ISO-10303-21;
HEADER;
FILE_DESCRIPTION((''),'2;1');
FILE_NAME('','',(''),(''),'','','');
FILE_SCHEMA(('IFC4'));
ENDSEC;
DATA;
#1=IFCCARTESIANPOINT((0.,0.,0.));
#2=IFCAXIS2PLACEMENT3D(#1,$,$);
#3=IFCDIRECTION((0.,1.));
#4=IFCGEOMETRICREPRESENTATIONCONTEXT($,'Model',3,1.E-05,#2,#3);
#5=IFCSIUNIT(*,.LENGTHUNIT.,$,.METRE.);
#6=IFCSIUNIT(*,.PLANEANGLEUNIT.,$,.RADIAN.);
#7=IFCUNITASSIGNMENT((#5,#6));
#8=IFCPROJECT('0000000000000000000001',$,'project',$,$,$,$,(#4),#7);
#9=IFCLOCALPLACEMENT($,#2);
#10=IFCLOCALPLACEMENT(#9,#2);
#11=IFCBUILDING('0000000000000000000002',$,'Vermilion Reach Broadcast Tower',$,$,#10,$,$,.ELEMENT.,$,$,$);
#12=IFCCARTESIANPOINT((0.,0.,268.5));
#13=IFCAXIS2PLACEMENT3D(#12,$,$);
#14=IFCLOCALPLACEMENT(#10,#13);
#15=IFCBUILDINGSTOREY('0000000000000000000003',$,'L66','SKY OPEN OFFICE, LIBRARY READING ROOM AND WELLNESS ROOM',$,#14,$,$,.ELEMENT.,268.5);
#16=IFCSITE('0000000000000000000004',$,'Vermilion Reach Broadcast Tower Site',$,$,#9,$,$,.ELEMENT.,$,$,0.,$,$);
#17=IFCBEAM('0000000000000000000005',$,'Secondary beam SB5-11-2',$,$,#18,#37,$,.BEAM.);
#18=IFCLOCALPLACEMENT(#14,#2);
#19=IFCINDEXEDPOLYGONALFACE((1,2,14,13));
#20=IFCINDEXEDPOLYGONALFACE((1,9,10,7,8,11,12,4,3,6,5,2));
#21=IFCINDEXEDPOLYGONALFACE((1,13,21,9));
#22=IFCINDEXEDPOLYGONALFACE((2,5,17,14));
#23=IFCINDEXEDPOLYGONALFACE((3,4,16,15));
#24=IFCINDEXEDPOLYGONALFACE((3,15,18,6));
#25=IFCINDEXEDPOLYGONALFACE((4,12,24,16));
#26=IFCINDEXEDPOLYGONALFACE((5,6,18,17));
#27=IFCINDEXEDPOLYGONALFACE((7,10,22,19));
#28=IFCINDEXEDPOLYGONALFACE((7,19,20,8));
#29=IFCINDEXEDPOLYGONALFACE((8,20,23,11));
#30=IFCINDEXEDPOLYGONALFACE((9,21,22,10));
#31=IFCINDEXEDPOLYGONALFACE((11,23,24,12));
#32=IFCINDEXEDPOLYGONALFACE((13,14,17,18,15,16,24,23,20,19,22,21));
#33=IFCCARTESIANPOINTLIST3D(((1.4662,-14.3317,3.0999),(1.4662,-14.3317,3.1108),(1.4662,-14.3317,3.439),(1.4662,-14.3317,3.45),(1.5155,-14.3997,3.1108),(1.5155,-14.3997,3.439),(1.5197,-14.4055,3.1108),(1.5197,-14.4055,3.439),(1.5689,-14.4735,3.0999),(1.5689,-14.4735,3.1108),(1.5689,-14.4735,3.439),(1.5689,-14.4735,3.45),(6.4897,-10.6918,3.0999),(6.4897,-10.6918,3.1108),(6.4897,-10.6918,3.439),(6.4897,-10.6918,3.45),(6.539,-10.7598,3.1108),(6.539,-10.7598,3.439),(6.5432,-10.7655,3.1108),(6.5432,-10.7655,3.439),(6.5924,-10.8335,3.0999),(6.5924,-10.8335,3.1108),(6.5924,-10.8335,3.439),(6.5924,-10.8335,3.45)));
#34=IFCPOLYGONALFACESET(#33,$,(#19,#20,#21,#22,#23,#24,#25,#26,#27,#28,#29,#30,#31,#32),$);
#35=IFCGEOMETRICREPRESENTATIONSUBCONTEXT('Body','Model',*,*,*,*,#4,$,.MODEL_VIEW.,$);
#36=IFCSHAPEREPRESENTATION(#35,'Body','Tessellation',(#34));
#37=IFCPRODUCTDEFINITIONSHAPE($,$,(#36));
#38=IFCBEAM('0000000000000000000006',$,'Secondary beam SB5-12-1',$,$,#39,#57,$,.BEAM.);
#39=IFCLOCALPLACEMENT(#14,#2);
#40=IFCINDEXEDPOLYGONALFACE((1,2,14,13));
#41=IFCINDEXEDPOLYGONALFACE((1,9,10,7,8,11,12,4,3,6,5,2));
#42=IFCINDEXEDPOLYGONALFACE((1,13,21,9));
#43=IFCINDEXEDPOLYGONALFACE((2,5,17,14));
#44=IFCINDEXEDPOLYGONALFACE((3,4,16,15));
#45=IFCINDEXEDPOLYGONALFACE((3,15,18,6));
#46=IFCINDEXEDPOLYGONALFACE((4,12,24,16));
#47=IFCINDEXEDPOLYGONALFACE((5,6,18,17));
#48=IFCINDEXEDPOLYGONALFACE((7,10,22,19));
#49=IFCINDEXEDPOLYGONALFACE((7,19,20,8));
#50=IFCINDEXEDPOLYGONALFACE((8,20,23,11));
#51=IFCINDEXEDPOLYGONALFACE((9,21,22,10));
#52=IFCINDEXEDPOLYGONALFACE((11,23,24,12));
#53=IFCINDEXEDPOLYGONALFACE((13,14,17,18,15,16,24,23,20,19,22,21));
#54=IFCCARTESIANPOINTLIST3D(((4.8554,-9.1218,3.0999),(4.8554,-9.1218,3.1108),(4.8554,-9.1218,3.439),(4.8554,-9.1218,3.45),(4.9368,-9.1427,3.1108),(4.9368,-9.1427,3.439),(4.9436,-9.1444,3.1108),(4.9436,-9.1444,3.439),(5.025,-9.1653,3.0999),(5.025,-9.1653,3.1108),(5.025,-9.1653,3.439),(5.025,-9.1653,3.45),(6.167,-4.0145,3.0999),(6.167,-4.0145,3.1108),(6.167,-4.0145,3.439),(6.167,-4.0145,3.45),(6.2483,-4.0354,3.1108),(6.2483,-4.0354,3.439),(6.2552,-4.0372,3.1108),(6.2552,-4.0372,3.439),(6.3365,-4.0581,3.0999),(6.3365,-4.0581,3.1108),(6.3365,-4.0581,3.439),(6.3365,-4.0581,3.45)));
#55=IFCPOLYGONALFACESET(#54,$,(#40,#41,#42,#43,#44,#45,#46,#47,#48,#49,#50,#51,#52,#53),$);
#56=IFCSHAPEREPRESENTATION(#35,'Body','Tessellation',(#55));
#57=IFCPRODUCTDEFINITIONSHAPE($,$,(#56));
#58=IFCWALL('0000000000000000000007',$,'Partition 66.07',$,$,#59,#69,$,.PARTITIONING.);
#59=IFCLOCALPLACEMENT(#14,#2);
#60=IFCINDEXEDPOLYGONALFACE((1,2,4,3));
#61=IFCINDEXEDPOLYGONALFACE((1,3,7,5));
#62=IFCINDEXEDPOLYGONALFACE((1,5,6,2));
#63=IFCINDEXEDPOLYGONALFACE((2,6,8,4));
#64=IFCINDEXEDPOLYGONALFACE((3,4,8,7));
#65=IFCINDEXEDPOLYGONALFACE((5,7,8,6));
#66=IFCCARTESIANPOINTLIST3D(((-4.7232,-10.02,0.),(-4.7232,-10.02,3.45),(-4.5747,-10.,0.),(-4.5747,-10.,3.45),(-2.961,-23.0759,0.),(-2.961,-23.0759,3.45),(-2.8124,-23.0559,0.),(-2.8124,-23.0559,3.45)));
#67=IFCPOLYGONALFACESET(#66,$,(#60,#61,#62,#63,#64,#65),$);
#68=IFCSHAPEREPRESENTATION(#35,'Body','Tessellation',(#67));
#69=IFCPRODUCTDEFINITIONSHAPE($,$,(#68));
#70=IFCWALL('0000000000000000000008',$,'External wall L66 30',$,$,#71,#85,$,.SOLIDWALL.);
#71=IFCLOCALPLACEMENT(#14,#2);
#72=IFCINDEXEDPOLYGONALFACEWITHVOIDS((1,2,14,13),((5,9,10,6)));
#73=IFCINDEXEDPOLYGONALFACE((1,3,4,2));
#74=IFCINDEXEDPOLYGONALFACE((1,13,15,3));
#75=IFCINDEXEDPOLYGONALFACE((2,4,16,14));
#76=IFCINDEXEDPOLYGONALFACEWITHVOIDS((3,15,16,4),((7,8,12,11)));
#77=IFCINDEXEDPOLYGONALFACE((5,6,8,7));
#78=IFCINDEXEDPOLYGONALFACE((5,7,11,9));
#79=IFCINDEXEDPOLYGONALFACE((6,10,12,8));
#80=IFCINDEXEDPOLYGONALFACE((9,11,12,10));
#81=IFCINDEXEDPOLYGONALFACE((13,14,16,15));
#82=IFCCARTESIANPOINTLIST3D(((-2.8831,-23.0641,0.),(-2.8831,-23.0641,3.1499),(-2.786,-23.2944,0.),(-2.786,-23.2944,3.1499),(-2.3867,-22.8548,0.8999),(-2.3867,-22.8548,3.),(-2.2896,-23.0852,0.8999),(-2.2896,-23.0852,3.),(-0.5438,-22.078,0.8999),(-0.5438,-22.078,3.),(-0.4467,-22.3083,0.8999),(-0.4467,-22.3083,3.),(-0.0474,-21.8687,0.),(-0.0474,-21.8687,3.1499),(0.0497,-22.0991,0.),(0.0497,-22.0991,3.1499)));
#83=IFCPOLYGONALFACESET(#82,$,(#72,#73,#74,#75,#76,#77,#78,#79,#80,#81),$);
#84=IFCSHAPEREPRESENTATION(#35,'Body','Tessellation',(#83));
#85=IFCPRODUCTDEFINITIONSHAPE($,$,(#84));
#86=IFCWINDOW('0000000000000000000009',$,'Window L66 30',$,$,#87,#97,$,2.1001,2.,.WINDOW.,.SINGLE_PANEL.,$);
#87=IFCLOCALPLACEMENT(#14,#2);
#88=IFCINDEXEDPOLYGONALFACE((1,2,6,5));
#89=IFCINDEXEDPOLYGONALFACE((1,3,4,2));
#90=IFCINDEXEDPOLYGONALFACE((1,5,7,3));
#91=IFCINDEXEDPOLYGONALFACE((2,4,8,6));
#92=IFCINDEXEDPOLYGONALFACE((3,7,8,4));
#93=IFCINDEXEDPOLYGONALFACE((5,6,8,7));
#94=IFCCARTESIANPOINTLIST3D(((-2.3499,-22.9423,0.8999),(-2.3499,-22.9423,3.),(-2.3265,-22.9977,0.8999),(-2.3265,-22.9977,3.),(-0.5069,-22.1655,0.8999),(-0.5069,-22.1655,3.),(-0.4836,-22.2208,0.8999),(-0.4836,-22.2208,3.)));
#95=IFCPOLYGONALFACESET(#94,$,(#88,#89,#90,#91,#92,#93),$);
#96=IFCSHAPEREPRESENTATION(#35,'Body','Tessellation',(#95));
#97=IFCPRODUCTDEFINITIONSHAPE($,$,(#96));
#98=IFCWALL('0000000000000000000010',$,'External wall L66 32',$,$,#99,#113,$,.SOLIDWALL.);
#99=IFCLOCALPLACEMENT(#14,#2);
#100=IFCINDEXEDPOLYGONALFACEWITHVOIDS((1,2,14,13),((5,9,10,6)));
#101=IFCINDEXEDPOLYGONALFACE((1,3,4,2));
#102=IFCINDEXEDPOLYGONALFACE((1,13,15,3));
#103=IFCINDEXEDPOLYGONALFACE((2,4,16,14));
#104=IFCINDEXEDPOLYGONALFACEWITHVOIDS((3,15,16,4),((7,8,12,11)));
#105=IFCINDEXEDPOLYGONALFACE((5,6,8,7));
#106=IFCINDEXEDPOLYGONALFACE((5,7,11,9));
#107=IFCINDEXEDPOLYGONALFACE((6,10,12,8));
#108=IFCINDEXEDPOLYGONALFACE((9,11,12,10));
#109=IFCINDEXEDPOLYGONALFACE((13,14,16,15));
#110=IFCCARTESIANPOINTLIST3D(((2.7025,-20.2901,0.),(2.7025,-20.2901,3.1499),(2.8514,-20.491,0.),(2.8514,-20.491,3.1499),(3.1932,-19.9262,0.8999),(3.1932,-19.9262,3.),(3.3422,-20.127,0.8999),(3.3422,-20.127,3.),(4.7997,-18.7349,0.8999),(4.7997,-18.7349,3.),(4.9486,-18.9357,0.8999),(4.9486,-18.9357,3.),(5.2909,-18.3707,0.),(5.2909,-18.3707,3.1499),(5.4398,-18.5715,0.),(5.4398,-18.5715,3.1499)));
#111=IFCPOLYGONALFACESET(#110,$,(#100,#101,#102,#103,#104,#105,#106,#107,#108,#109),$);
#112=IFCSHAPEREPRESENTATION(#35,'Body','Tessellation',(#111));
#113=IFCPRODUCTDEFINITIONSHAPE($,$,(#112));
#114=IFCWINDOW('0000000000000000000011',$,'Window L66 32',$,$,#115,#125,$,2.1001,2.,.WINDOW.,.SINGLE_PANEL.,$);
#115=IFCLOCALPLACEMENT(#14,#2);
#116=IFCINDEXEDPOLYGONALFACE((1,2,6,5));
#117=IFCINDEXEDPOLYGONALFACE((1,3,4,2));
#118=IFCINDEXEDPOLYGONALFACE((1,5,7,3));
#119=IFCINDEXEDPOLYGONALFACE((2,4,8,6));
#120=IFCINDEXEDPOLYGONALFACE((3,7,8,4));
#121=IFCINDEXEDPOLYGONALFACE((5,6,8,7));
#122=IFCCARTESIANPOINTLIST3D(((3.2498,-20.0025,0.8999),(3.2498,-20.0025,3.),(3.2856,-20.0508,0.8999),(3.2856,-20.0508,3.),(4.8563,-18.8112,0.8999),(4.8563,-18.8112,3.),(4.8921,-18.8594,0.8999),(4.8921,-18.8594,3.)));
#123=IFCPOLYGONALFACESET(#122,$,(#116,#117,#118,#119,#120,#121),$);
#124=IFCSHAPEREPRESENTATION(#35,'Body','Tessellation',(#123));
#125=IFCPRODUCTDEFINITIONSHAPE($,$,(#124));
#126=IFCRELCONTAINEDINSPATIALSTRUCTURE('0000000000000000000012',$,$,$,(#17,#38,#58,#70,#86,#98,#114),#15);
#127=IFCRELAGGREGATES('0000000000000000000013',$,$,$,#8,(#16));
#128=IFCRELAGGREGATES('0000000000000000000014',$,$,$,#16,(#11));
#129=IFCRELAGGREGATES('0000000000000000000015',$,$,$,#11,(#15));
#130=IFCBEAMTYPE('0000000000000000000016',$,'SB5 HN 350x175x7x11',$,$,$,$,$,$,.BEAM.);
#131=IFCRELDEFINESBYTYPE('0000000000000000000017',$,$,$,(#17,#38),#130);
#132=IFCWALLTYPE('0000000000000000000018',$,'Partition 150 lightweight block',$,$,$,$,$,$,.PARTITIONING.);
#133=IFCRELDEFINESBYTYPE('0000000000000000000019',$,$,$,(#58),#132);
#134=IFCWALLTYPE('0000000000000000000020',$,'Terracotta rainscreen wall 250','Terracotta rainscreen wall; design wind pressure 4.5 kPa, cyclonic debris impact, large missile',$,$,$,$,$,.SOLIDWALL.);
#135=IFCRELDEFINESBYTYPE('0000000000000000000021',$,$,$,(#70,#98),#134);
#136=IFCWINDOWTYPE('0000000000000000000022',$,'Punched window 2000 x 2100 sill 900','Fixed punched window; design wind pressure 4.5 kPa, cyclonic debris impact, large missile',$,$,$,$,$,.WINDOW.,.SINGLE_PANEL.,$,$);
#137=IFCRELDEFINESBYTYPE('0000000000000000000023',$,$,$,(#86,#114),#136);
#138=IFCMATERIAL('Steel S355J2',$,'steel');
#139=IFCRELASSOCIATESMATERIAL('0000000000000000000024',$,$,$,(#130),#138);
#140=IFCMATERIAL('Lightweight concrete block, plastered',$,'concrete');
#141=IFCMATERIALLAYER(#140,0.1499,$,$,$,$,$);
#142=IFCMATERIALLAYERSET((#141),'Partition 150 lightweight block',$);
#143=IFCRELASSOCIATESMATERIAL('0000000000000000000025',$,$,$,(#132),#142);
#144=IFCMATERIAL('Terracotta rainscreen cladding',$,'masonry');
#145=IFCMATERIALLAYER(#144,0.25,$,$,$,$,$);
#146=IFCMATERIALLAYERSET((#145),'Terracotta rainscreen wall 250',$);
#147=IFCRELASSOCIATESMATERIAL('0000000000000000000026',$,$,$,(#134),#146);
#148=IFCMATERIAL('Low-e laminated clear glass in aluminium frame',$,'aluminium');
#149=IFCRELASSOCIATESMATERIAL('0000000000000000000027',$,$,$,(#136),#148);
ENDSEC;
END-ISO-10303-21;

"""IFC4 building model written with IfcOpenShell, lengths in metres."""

from ifc_helpers import new_model, si_unit, direction, frame, frame_2d, origin, origin_2d, place, context, subcontext, project, spatial, rectangle, i_section, extrude, material, layer, layer_set, material_profile, profile_set, type_object, element, fill, save


model = new_model("IFC4")

# Units and contexts
model_context = context("Model", 3, precision=1e-05, world=origin(), true_north=direction((0.0, 1.0)))
body_context = subcontext(model_context, "Body", "Model", "MODEL_VIEW")
ifc_project = project(units=[si_unit("LENGTHUNIT", "METRE"), si_unit("PLANEANGLEUNIT", "RADIAN")], contexts=[model_context])

# Site, building, storey
site_placement = place(None, origin())
site = spatial("IfcSite", under=ifc_project, at=site_placement, Name="Vermilion Reach Broadcast Tower Site", CompositionType="ELEMENT", RefElevation=0.0)
building_placement = place(site_placement, origin())
building = spatial("IfcBuilding", under=site, at=building_placement, Name="Vermilion Reach Broadcast Tower", CompositionType="ELEMENT")
storey_placement = place(building_placement, frame((0.0, 0.0, 268.5)))
storey = spatial("IfcBuildingStorey", under=building, at=storey_placement, Name="L66", Description="SKY OPEN OFFICE, LIBRARY READING ROOM AND WELLNESS ROOM", CompositionType="ELEMENT", Elevation=268.5)

# Beams
ifc_material_1 = material(Name="Steel S355J2", Category="steel")
ifc_material_profile_1 = material_profile(ifc_material_1, i_section(OverallWidth=0.175, OverallDepth=0.3501, WebThickness=0.0071, FlangeThickness=0.011, at=origin_2d()), Name="S355J2 HN 350x175x7x11")
ifc_profile_set_1 = profile_set([ifc_material_profile_1], Name="Steel S355J2")
beam_type_1 = type_object("IfcBeamType", Name="SB5 HN 350x175x7x11", PredefinedType="BEAM", material=ifc_profile_set_1)
beam_1_placement = place(storey_placement, frame((1.5176, -14.4026, 3.2749), z_axis=(0.809771, 0.586746, 0.0), x_axis=(-0.586746, 0.809771, 0.0)))
element("IfcBeam", 1, at=beam_1_placement, inside=storey, type_object=beam_type_1, Name="Secondary beam SB5-11-2", PredefinedType="BEAM", context=body_context, shape_type="SweptSolid", body=[
    extrude(i_section(OverallWidth=0.175, OverallDepth=0.3501, WebThickness=0.0071, FlangeThickness=0.011, at=origin_2d()), origin(), (0.0, 0.0, 1.0), 6.2036),
])
beam_2_placement = place(storey_placement, frame((4.9402, -9.1436, 3.2749), z_axis=(0.24873, 0.968573, 0.0), x_axis=(-0.968573, 0.24873, 0.0)))
element("IfcBeam", 2, at=beam_2_placement, inside=storey, type_object=beam_type_1, Name="Secondary beam SB5-12-1", PredefinedType="BEAM", context=body_context, shape_type="SweptSolid", body=[
    extrude(i_section(OverallWidth=0.175, OverallDepth=0.3501, WebThickness=0.0071, FlangeThickness=0.011, at=origin_2d()), origin(), (0.0, 0.0, 1.0), 5.2729),
])

# Wall
ifc_material_2 = material(Name="Lightweight concrete block, plastered", Category="concrete")
ifc_layer_1 = layer(ifc_material_2, 0.1499)
ifc_layer_set_1 = layer_set([ifc_layer_1], Name="Partition 150 lightweight block")
wall_type_1 = type_object("IfcWallType", Name="Partition 150 lightweight block", PredefinedType="PARTITIONING", material=ifc_layer_set_1)
wall_1_placement = place(storey_placement, frame((-2.8867, -23.0659, 0.0), z_axis=(0.0, 0.0, 1.0), x_axis=(-0.133761, 0.991014, 0.0)))
element("IfcWall", 3, at=wall_1_placement, inside=storey, type_object=wall_type_1, Name="Partition 66.07", PredefinedType="PARTITIONING", context=body_context, shape_type="SweptSolid", body=[
    extrude(rectangle(XDim=13.1743, YDim=0.1499, at=frame_2d((6.5872, 0.0))), origin(), (0.0, 0.0, 1.0), 3.45),
])

# Wall, opening, window
ifc_material_3 = material(Name="Terracotta rainscreen cladding", Category="masonry")
ifc_layer_2 = layer(ifc_material_3, 0.25)
ifc_layer_set_2 = layer_set([ifc_layer_2], Name="Terracotta rainscreen wall 250")
wall_type_2 = type_object("IfcWallType", Name="Terracotta rainscreen wall 250", Description="Terracotta rainscreen wall; design wind pressure 4.5 kPa, cyclonic debris impact, large missile", PredefinedType="SOLIDWALL", material=ifc_layer_set_2)
wall_2_placement = place(storey_placement, frame((-2.8345, -23.1792, 0.0), z_axis=(0.0, 0.0, 1.0), x_axis=(0.92148, 0.388426, 0.0)))
wall_2 = element("IfcWall", 4, at=wall_2_placement, inside=storey, type_object=wall_type_2, Name="External wall L66 30", PredefinedType="SOLIDWALL", context=body_context, shape_type="SweptSolid", body=[
    extrude(rectangle(XDim=3.0774, YDim=0.25, at=frame_2d((1.5386, 0.0))), origin(), (0.0, 0.0, 1.0), 3.1499),
])
opening_1_placement = place(wall_2_placement, frame((0.5386, 0.0, 0.8999)))
opening_1 = element("IfcOpeningElement", 5, at=opening_1_placement, cuts=wall_2, PredefinedType="OPENING", context=body_context, shape_type="SweptSolid", body=[
    extrude(rectangle(XDim=2.0, YDim=2.1001, at=frame_2d((1.0, 1.05))), frame((0.0, 0.135, 0.0), z_axis=(0.0, -1.0, 0.0), x_axis=(1.0, 0.0, 0.0)), (0.0, 0.0, 1.0), 0.27),
])
ifc_material_4 = material(Name="Low-e laminated clear glass in aluminium frame", Category="aluminium")
window_type = type_object("IfcWindowType", Name="Punched window 2000 x 2100 sill 900", Description="Fixed punched window; design wind pressure 4.5 kPa, cyclonic debris impact, large missile", PartitioningType="SINGLE_PANEL", PredefinedType="WINDOW", material=ifc_material_4)
window_1_placement = place(opening_1_placement, origin())
window_1 = element("IfcWindow", 6, at=window_1_placement, inside=storey, type_object=window_type, Name="Window L66 30", OverallHeight=2.1001, OverallWidth=2.0, PartitioningType="SINGLE_PANEL", PredefinedType="WINDOW", context=body_context, shape_type="SweptSolid", body=[
    extrude(rectangle(XDim=2.0, YDim=2.1001, at=frame_2d((1.0, 1.05))), frame((0.0, 0.03, 0.0), z_axis=(0.0, -1.0, 0.0), x_axis=(1.0, 0.0, 0.0)), (0.0, 0.0, 1.0), 0.0601),
])
fill(opening_1, window_1)

# Wall, opening, window
wall_3_placement = place(storey_placement, frame((2.7769, -20.3906, 0.0), z_axis=(0.0, 0.0, 1.0), x_axis=(0.803243, 0.595651, 0.0)))
wall_3 = element("IfcWall", 7, at=wall_3_placement, inside=storey, type_object=wall_type_2, Name="External wall L66 32", PredefinedType="SOLIDWALL", context=body_context, shape_type="SweptSolid", body=[
    extrude(rectangle(XDim=3.2224, YDim=0.25, at=frame_2d((1.6113, 0.0))), origin(), (0.0, 0.0, 1.0), 3.1499),
])
opening_2_placement = place(wall_3_placement, frame((0.6111, 0.0, 0.8999)))
opening_2 = element("IfcOpeningElement", 8, at=opening_2_placement, cuts=wall_3, PredefinedType="OPENING", context=body_context, shape_type="SweptSolid", body=[
    extrude(rectangle(XDim=2.0, YDim=2.1001, at=frame_2d((1.0, 1.05))), frame((0.0, 0.135, 0.0), z_axis=(0.0, -1.0, 0.0), x_axis=(1.0, 0.0, 0.0)), (0.0, 0.0, 1.0), 0.27),
])
window_2_placement = place(opening_2_placement, origin())
window_2 = element("IfcWindow", 9, at=window_2_placement, inside=storey, type_object=window_type, Name="Window L66 32", OverallHeight=2.1001, OverallWidth=2.0, PartitioningType="SINGLE_PANEL", PredefinedType="WINDOW", context=body_context, shape_type="SweptSolid", body=[
    extrude(rectangle(XDim=2.0, YDim=2.1001, at=frame_2d((1.0, 1.05))), frame((0.0, 0.03, 0.0), z_axis=(0.0, -1.0, 0.0), x_axis=(1.0, 0.0, 0.0)), (0.0, 0.0, 1.0), 0.0601),
])
fill(opening_2, window_2)

save(model, "model.ifc")
